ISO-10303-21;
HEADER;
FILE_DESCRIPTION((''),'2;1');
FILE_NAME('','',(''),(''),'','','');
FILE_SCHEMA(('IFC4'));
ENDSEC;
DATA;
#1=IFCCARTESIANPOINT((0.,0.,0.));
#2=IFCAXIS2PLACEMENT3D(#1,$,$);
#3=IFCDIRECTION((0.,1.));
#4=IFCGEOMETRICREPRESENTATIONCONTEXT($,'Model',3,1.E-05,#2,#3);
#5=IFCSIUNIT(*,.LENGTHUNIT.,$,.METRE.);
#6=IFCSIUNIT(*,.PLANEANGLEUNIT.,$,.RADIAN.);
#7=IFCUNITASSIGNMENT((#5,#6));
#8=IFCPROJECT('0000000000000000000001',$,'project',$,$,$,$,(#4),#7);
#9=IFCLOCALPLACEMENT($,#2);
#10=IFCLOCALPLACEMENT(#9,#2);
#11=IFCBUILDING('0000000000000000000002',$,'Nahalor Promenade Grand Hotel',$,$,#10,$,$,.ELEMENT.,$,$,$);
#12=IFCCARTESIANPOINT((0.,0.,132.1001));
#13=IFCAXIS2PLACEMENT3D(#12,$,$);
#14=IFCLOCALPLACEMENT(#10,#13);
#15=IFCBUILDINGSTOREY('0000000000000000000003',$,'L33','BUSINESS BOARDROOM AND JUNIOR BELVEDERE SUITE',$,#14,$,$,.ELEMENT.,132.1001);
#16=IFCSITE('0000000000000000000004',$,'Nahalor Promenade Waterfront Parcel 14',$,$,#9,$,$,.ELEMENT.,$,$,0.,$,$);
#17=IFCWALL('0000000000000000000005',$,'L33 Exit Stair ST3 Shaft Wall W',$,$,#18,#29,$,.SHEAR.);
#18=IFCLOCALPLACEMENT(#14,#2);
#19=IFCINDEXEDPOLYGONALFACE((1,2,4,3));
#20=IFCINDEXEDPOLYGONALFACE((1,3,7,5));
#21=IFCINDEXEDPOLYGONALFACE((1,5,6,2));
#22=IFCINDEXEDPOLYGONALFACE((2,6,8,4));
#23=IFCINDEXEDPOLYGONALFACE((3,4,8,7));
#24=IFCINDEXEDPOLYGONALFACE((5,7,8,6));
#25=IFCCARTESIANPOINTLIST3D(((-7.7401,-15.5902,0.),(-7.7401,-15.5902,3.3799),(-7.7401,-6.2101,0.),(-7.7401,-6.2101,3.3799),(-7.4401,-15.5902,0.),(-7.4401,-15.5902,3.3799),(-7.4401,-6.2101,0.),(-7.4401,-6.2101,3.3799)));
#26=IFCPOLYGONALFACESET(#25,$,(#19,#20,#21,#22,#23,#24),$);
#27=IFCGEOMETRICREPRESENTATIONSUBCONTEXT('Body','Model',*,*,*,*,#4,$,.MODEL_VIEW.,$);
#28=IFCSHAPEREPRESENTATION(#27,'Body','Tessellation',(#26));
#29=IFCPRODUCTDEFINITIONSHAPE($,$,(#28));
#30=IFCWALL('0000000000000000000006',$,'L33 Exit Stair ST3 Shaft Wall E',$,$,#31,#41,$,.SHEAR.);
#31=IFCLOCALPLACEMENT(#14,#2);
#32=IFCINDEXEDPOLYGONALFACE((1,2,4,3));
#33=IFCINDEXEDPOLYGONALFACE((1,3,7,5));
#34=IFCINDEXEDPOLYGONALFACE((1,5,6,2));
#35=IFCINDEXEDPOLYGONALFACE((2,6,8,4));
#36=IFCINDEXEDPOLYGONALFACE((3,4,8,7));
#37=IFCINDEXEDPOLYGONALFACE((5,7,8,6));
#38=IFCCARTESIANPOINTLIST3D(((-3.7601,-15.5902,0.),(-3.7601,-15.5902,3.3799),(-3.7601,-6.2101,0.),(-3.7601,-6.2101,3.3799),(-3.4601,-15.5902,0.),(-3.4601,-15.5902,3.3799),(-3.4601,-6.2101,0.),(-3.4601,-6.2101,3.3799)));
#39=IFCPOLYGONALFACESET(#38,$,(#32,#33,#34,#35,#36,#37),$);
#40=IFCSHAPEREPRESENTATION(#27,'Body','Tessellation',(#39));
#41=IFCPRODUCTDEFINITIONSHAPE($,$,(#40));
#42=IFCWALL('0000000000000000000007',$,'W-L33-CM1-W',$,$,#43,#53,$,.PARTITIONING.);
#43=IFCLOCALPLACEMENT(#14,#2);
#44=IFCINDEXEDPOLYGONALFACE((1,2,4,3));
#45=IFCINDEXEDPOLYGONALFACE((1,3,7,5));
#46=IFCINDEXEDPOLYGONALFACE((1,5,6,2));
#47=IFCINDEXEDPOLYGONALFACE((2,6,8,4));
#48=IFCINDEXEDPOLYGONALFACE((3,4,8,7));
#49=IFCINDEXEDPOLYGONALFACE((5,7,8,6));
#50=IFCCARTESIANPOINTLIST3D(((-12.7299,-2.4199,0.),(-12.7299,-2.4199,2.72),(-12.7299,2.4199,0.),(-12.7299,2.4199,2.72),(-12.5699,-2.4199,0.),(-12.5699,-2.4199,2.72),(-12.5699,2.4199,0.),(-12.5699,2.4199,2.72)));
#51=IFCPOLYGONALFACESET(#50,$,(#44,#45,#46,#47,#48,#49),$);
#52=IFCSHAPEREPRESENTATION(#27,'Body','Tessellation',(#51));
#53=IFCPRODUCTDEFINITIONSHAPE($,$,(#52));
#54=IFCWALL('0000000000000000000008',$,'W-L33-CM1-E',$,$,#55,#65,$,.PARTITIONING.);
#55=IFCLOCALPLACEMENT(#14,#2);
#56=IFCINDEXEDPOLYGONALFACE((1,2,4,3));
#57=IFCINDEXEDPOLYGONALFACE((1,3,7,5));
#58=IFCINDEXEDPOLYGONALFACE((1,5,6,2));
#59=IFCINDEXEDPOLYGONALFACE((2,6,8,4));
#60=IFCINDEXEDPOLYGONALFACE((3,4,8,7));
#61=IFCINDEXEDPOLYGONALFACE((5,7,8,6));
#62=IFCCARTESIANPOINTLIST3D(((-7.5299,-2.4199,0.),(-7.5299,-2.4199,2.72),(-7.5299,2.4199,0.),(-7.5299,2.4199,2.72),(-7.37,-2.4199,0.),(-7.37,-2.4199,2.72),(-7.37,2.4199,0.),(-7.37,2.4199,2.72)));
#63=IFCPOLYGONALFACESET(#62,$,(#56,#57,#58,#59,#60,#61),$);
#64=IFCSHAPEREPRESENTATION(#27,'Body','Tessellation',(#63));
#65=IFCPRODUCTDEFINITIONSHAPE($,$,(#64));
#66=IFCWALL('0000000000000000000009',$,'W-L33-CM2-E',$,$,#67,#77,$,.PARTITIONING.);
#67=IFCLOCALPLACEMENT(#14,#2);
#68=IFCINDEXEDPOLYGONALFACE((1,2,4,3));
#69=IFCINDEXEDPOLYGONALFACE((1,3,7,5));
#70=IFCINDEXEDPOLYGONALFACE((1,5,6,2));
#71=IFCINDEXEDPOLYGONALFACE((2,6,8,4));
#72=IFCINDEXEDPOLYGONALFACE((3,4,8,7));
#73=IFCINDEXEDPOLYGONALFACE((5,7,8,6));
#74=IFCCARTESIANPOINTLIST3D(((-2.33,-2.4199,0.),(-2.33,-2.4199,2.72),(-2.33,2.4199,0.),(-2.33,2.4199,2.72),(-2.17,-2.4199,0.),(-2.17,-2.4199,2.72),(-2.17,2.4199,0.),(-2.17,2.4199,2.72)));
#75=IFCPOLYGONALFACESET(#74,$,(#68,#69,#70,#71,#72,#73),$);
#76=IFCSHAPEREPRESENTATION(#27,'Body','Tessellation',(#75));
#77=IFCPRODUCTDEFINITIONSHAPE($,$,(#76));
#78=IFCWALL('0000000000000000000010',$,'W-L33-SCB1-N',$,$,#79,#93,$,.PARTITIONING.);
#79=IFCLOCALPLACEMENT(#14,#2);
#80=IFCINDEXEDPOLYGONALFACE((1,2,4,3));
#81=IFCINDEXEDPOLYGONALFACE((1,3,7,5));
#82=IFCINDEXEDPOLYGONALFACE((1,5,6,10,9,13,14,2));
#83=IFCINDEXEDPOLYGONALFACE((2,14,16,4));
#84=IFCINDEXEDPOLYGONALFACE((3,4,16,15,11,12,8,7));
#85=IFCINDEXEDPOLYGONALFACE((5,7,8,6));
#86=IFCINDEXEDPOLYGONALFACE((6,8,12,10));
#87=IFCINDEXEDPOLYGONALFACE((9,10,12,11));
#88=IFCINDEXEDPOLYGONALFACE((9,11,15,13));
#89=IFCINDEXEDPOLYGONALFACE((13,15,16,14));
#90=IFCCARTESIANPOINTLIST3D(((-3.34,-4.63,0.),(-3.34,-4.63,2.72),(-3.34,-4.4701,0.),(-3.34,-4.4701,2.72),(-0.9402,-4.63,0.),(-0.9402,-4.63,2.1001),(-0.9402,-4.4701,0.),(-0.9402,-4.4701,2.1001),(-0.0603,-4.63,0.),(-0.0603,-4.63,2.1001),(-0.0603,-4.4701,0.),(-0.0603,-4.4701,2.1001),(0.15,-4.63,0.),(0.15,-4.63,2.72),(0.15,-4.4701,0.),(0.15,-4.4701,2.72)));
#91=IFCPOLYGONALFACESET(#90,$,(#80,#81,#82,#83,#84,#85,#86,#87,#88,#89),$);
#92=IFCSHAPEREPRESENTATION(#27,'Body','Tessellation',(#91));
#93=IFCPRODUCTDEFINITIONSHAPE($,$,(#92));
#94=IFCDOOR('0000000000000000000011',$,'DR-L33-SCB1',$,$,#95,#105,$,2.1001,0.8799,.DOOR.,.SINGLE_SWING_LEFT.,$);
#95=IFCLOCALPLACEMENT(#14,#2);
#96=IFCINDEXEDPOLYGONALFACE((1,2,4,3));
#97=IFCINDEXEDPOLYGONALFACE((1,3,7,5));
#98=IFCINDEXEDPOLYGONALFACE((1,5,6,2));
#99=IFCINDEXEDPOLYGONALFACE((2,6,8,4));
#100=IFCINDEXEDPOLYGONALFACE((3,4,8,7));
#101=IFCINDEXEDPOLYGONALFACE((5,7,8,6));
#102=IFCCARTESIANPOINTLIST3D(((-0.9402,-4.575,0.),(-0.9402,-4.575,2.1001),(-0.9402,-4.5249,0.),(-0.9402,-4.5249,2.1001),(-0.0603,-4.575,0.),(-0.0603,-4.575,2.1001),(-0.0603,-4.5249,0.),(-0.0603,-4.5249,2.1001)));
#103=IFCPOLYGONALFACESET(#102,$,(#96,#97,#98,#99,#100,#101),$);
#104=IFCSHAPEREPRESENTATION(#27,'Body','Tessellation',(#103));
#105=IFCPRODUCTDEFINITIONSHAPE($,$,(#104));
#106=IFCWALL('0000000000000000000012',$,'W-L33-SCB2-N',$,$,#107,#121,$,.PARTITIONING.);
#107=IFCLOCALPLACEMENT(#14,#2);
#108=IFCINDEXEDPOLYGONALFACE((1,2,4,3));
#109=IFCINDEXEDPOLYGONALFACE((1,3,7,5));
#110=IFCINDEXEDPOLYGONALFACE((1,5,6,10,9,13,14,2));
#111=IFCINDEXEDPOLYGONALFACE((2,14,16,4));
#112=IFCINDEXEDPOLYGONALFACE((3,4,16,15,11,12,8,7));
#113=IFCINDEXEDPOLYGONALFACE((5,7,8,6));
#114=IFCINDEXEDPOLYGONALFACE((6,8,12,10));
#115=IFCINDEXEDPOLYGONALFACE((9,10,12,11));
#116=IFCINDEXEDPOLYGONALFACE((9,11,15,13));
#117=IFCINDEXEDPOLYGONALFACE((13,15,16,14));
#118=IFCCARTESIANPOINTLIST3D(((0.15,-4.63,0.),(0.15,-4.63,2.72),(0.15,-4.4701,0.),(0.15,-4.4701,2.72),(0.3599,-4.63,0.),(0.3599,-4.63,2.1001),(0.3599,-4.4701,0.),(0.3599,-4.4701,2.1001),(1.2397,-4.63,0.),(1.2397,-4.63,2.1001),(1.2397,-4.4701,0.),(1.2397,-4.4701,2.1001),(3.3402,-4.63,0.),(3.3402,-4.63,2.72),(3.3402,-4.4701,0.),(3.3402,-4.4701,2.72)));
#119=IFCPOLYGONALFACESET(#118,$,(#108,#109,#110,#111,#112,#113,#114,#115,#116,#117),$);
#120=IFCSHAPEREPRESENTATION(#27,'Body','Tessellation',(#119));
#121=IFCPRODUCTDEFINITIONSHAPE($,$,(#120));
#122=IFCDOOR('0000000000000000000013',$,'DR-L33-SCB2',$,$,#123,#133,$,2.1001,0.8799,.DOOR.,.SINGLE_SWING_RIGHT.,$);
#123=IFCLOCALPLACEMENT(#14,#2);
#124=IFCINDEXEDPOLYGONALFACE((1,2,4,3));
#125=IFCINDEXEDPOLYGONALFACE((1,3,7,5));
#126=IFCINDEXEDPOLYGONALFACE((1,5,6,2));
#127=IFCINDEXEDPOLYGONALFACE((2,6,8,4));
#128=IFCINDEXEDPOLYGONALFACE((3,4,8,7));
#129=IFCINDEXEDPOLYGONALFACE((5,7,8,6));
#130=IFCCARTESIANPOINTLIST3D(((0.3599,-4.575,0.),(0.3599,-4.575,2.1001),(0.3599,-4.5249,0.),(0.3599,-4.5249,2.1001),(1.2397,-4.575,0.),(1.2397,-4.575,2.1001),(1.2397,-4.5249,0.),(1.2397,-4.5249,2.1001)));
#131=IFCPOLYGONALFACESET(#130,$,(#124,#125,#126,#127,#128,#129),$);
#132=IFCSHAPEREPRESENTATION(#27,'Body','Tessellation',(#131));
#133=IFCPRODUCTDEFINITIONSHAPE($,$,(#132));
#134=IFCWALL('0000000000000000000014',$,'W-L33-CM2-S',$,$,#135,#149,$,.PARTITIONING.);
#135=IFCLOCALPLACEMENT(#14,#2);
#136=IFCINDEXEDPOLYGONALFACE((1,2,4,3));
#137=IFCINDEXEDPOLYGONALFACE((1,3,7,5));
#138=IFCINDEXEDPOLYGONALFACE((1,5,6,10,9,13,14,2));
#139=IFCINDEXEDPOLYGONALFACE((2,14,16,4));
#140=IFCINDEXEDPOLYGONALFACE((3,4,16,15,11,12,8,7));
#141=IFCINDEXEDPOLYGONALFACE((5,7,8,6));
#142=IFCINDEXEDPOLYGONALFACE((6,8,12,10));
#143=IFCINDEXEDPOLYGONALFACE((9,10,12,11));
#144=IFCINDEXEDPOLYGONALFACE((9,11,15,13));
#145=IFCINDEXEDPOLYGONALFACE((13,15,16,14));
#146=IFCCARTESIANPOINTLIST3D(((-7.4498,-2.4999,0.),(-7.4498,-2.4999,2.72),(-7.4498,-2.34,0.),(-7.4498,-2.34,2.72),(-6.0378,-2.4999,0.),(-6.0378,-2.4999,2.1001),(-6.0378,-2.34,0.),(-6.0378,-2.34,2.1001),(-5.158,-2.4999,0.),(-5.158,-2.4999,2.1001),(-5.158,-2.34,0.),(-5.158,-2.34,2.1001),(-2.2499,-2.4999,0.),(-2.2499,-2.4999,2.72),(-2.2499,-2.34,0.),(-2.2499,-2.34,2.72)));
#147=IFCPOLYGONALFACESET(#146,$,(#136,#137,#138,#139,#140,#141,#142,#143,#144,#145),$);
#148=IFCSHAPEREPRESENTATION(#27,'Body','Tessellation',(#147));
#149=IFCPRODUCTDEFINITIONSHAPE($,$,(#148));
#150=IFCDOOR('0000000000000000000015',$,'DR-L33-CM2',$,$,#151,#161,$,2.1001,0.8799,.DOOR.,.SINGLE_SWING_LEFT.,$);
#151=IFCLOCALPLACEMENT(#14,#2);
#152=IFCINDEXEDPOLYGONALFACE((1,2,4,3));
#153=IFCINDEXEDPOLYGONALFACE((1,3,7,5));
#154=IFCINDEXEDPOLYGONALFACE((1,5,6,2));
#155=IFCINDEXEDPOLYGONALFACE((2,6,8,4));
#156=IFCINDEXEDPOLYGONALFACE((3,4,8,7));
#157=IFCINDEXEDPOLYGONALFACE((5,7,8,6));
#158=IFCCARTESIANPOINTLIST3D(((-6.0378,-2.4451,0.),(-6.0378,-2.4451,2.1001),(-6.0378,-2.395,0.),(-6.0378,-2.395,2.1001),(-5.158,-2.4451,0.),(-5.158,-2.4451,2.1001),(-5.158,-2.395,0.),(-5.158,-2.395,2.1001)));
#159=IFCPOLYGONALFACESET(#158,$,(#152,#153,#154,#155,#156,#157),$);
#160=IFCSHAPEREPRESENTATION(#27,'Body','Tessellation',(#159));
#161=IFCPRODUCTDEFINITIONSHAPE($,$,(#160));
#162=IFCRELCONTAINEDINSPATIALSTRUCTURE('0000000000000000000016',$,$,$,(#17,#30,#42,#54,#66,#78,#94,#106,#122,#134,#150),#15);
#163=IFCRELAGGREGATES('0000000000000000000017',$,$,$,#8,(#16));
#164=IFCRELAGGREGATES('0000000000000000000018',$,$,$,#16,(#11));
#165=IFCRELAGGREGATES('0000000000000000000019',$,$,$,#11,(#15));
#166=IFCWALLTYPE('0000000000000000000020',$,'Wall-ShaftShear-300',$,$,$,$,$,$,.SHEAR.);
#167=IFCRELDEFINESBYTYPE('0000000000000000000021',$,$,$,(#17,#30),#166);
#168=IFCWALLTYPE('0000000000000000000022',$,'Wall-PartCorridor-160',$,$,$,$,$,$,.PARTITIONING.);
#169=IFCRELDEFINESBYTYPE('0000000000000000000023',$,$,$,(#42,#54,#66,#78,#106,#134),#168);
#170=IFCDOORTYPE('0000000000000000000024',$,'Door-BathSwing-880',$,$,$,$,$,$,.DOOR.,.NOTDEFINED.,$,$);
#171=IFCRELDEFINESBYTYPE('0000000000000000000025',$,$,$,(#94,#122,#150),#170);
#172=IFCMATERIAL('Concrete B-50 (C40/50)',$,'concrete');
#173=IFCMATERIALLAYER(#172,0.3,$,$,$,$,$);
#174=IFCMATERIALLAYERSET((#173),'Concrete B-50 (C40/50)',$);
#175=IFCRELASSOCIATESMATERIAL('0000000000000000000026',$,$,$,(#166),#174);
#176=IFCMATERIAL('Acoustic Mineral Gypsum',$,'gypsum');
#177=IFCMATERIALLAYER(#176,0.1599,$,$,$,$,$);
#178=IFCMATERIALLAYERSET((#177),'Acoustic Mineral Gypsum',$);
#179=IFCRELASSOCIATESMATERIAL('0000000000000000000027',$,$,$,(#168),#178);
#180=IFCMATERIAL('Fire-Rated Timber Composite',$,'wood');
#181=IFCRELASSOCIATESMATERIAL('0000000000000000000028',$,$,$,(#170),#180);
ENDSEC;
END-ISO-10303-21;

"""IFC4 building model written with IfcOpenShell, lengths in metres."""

from ifc_helpers import new_model, si_unit, direction, frame, frame_2d, origin, place, context, subcontext, project, spatial, rectangle, extrude, source, transform, mapped, material, layer, layer_set, type_object, element, fill, save


model = new_model("IFC4")

# Units and contexts
model_context = context("Model", 3, precision=1e-05, world=origin(), true_north=direction((0.0, 1.0)))
body_context = subcontext(model_context, "Body", "Model", "MODEL_VIEW")
ifc_project = project(units=[si_unit("LENGTHUNIT", "METRE"), si_unit("PLANEANGLEUNIT", "RADIAN")], contexts=[model_context])

# Site, building, storey
site_placement = place(None, origin())
site = spatial("IfcSite", under=ifc_project, at=site_placement, Name="Nahalor Promenade Waterfront Parcel 14", CompositionType="ELEMENT", RefElevation=0.0)
building_placement = place(site_placement, origin())
building = spatial("IfcBuilding", under=site, at=building_placement, Name="Nahalor Promenade Grand Hotel", CompositionType="ELEMENT")
storey_placement = place(building_placement, frame((0.0, 0.0, 132.1001)))
storey = spatial("IfcBuildingStorey", under=building, at=storey_placement, Name="L33", Description="BUSINESS BOARDROOM AND JUNIOR BELVEDERE SUITE", CompositionType="ELEMENT", Elevation=132.1001)

# Shared definitions
ifc_material_1 = material(Name="Concrete B-50 (C40/50)", Category="concrete")
ifc_layer_1 = layer(ifc_material_1, 0.3)
ifc_layer_set_1 = layer_set([ifc_layer_1], Name="Concrete B-50 (C40/50)")
wall_type_1 = type_object("IfcWallType", Name="Wall-ShaftShear-300", PredefinedType="SHEAR", material=ifc_layer_set_1)

# Walls
shared_shape_1 = source(origin(), body_context, "Body", "SweptSolid", [
    extrude(rectangle(XDim=9.3801, YDim=0.3, at=frame_2d((4.6899, 0.0))), origin(), (0.0, 0.0, 1.0), 3.3799),
])
for number, where, z_axis, x_axis, name in (
    (1, (-7.5901, -15.5901, 0.0), (0.0, 0.0, 1.0), (0.0, 1.0, 0.0), "L33 Exit Stair ST3 Shaft Wall W"),
    (2, (-3.6101, -15.5901, 0.0), (0.0, 0.0, 1.0), (0.0, 1.0, 0.0), "L33 Exit Stair ST3 Shaft Wall E"),
):
    element("IfcWall", number, at=place(storey_placement, frame(where, z_axis=z_axis, x_axis=x_axis)), inside=storey, type_object=wall_type_1, Name=name, PredefinedType="SHEAR", context=body_context, shape_type="MappedRepresentation", body=[
        mapped(shared_shape_1, transform((0.0, 0.0, 0.0), scale=1.0)),
    ])
ifc_material_2 = material(Name="Acoustic Mineral Gypsum", Category="gypsum")
ifc_layer_2 = layer(ifc_material_2, 0.1599)
ifc_layer_set_2 = layer_set([ifc_layer_2], Name="Acoustic Mineral Gypsum")
wall_type_2 = type_object("IfcWallType", Name="Wall-PartCorridor-160", PredefinedType="PARTITIONING", material=ifc_layer_set_2)
shared_shape_2 = source(origin(), body_context, "Body", "SweptSolid", [
    extrude(rectangle(XDim=4.8398, YDim=0.1599, at=frame_2d((2.4199, 0.0))), origin(), (0.0, 0.0, 1.0), 2.72),
])
for number, where, z_axis, x_axis, name in (
    (3, (-12.6499, -2.4199, 0.0), (0.0, 0.0, 1.0), (0.0, 1.0, 0.0), "W-L33-CM1-W"),
    (4, (-7.45, -2.4199, 0.0), (0.0, 0.0, 1.0), (0.0, 1.0, 0.0), "W-L33-CM1-E"),
    (5, (-2.25, -2.4199, 0.0), (0.0, 0.0, 1.0), (0.0, 1.0, 0.0), "W-L33-CM2-E"),
):
    element("IfcWall", number, at=place(storey_placement, frame(where, z_axis=z_axis, x_axis=x_axis)), inside=storey, type_object=wall_type_2, Name=name, PredefinedType="PARTITIONING", context=body_context, shape_type="MappedRepresentation", body=[
        mapped(shared_shape_2, transform((0.0, 0.0, 0.0), scale=1.0)),
    ])

# Walls, openings, doors
shared_shape_3 = source(origin(), body_context, "Body", "SweptSolid", [
    extrude(rectangle(XDim=3.49, YDim=0.1599, at=frame_2d((1.7451, 0.0))), origin(), (0.0, 0.0, 1.0), 2.72),
])
wall_1_placement = place(storey_placement, frame((-3.3401, -4.55, 0.0), z_axis=(0.0, 0.0, 1.0), x_axis=(1.0, 0.0, 0.0)))
wall_1 = element("IfcWall", 6, at=wall_1_placement, inside=storey, type_object=wall_type_2, Name="W-L33-SCB1-N", PredefinedType="PARTITIONING", context=body_context, shape_type="MappedRepresentation", body=[
    mapped(shared_shape_3, transform((0.0, 0.0, 0.0), scale=1.0)),
])
opening_1_placement = place(wall_1_placement, frame((2.3999, 0.0, 0.0)))
opening_1 = element("IfcOpeningElement", 7, at=opening_1_placement, cuts=wall_1, PredefinedType="OPENING", context=body_context, shape_type="SweptSolid", body=[
    extrude(rectangle(XDim=0.8799, YDim=2.1001, at=frame_2d((0.4399, 1.05))), frame((0.0, 0.0898, 0.0), z_axis=(0.0, -1.0, 0.0), x_axis=(1.0, 0.0, 0.0)), (0.0, 0.0, 1.0), 0.1799),
])
ifc_material_3 = material(Name="Fire-Rated Timber Composite", Category="wood")
door_type_1 = type_object("IfcDoorType", Name="Door-BathSwing-880", OperationType="NOTDEFINED", PredefinedType="DOOR", material=ifc_material_3)
shared_shape_4 = source(origin(), body_context, "Body", "SweptSolid", [
    extrude(rectangle(XDim=0.8799, YDim=2.1001, at=frame_2d((0.4399, 1.05))), frame((0.0, 0.0249, 0.0), z_axis=(0.0, -1.0, 0.0), x_axis=(1.0, 0.0, 0.0)), (0.0, 0.0, 1.0), 0.05),
])
door_1_placement = place(opening_1_placement, frame((0.8799, 0.0, 0.0), z_axis=(0.0, 0.0, 1.0), x_axis=(-1.0, 0.0, 0.0)))
door_1 = element("IfcDoor", 8, at=door_1_placement, inside=storey, type_object=door_type_1, Name="DR-L33-SCB1", OperationType="SINGLE_SWING_LEFT", OverallHeight=2.1001, OverallWidth=0.8799, PredefinedType="DOOR", context=body_context, shape_type="MappedRepresentation", body=[
    mapped(shared_shape_4, transform((0.0, 0.0, 0.0), scale=1.0)),
])
fill(opening_1, door_1)
shared_shape_5 = source(origin(), body_context, "Body", "SweptSolid", [
    extrude(rectangle(XDim=3.1902, YDim=0.1599, at=frame_2d((1.5952, 0.0))), origin(), (0.0, 0.0, 1.0), 2.72),
])
wall_2_placement = place(storey_placement, frame((0.1499, -4.55, 0.0), z_axis=(0.0, 0.0, 1.0), x_axis=(1.0, 0.0, 0.0)))
wall_2 = element("IfcWall", 9, at=wall_2_placement, inside=storey, type_object=wall_type_2, Name="W-L33-SCB2-N", PredefinedType="PARTITIONING", context=body_context, shape_type="MappedRepresentation", body=[
    mapped(shared_shape_5, transform((0.0, 0.0, 0.0), scale=1.0)),
])
opening_2_placement = place(wall_2_placement, frame((0.21, 0.0, 0.0)))
opening_2 = element("IfcOpeningElement", 10, at=opening_2_placement, cuts=wall_2, PredefinedType="OPENING", context=body_context, shape_type="SweptSolid", body=[
    extrude(rectangle(XDim=0.8799, YDim=2.1001, at=frame_2d((0.4399, 1.05))), frame((0.0, 0.0898, 0.0), z_axis=(0.0, -1.0, 0.0), x_axis=(1.0, 0.0, 0.0)), (0.0, 0.0, 1.0), 0.1799),
])
door_2_placement = place(opening_2_placement, frame((0.8799, 0.0, 0.0), z_axis=(0.0, 0.0, 1.0), x_axis=(-1.0, 0.0, 0.0)))
door_2 = element("IfcDoor", 11, at=door_2_placement, inside=storey, type_object=door_type_1, Name="DR-L33-SCB2", OperationType="SINGLE_SWING_RIGHT", OverallHeight=2.1001, OverallWidth=0.8799, PredefinedType="DOOR", context=body_context, shape_type="MappedRepresentation", body=[
    mapped(shared_shape_4, transform((0.0, 0.0, 0.0), scale=1.0)),
])
fill(opening_2, door_2)
shared_shape_6 = source(origin(), body_context, "Body", "SweptSolid", [
    extrude(rectangle(XDim=5.2, YDim=0.1599, at=frame_2d((2.6001, 0.0))), origin(), (0.0, 0.0, 1.0), 2.72),
])
wall_3_placement = place(storey_placement, frame((-7.45, -2.4199, 0.0), z_axis=(0.0, 0.0, 1.0), x_axis=(1.0, 0.0, 0.0)))
wall_3 = element("IfcWall", 12, at=wall_3_placement, inside=storey, type_object=wall_type_2, Name="W-L33-CM2-S", PredefinedType="PARTITIONING", context=body_context, shape_type="MappedRepresentation", body=[
    mapped(shared_shape_6, transform((0.0, 0.0, 0.0), scale=1.0)),
])
opening_3_placement = place(wall_3_placement, frame((1.4121, 0.0, 0.0)))
opening_3 = element("IfcOpeningElement", 13, at=opening_3_placement, cuts=wall_3, PredefinedType="OPENING", context=body_context, shape_type="SweptSolid", body=[
    extrude(rectangle(XDim=0.8799, YDim=2.1001, at=frame_2d((0.4399, 1.05))), frame((0.0, 0.0898, 0.0), z_axis=(0.0, -1.0, 0.0), x_axis=(1.0, 0.0, 0.0)), (0.0, 0.0, 1.0), 0.1799),
])
door_3_placement = place(opening_3_placement, origin())
door_3 = element("IfcDoor", 14, at=door_3_placement, inside=storey, type_object=door_type_1, Name="DR-L33-CM2", OperationType="SINGLE_SWING_LEFT", OverallHeight=2.1001, OverallWidth=0.8799, PredefinedType="DOOR", context=body_context, shape_type="MappedRepresentation", body=[
    mapped(shared_shape_4, transform((0.0, 0.0, 0.0), scale=1.0)),
])
fill(opening_3, door_3)

save(model, "model.ifc")
